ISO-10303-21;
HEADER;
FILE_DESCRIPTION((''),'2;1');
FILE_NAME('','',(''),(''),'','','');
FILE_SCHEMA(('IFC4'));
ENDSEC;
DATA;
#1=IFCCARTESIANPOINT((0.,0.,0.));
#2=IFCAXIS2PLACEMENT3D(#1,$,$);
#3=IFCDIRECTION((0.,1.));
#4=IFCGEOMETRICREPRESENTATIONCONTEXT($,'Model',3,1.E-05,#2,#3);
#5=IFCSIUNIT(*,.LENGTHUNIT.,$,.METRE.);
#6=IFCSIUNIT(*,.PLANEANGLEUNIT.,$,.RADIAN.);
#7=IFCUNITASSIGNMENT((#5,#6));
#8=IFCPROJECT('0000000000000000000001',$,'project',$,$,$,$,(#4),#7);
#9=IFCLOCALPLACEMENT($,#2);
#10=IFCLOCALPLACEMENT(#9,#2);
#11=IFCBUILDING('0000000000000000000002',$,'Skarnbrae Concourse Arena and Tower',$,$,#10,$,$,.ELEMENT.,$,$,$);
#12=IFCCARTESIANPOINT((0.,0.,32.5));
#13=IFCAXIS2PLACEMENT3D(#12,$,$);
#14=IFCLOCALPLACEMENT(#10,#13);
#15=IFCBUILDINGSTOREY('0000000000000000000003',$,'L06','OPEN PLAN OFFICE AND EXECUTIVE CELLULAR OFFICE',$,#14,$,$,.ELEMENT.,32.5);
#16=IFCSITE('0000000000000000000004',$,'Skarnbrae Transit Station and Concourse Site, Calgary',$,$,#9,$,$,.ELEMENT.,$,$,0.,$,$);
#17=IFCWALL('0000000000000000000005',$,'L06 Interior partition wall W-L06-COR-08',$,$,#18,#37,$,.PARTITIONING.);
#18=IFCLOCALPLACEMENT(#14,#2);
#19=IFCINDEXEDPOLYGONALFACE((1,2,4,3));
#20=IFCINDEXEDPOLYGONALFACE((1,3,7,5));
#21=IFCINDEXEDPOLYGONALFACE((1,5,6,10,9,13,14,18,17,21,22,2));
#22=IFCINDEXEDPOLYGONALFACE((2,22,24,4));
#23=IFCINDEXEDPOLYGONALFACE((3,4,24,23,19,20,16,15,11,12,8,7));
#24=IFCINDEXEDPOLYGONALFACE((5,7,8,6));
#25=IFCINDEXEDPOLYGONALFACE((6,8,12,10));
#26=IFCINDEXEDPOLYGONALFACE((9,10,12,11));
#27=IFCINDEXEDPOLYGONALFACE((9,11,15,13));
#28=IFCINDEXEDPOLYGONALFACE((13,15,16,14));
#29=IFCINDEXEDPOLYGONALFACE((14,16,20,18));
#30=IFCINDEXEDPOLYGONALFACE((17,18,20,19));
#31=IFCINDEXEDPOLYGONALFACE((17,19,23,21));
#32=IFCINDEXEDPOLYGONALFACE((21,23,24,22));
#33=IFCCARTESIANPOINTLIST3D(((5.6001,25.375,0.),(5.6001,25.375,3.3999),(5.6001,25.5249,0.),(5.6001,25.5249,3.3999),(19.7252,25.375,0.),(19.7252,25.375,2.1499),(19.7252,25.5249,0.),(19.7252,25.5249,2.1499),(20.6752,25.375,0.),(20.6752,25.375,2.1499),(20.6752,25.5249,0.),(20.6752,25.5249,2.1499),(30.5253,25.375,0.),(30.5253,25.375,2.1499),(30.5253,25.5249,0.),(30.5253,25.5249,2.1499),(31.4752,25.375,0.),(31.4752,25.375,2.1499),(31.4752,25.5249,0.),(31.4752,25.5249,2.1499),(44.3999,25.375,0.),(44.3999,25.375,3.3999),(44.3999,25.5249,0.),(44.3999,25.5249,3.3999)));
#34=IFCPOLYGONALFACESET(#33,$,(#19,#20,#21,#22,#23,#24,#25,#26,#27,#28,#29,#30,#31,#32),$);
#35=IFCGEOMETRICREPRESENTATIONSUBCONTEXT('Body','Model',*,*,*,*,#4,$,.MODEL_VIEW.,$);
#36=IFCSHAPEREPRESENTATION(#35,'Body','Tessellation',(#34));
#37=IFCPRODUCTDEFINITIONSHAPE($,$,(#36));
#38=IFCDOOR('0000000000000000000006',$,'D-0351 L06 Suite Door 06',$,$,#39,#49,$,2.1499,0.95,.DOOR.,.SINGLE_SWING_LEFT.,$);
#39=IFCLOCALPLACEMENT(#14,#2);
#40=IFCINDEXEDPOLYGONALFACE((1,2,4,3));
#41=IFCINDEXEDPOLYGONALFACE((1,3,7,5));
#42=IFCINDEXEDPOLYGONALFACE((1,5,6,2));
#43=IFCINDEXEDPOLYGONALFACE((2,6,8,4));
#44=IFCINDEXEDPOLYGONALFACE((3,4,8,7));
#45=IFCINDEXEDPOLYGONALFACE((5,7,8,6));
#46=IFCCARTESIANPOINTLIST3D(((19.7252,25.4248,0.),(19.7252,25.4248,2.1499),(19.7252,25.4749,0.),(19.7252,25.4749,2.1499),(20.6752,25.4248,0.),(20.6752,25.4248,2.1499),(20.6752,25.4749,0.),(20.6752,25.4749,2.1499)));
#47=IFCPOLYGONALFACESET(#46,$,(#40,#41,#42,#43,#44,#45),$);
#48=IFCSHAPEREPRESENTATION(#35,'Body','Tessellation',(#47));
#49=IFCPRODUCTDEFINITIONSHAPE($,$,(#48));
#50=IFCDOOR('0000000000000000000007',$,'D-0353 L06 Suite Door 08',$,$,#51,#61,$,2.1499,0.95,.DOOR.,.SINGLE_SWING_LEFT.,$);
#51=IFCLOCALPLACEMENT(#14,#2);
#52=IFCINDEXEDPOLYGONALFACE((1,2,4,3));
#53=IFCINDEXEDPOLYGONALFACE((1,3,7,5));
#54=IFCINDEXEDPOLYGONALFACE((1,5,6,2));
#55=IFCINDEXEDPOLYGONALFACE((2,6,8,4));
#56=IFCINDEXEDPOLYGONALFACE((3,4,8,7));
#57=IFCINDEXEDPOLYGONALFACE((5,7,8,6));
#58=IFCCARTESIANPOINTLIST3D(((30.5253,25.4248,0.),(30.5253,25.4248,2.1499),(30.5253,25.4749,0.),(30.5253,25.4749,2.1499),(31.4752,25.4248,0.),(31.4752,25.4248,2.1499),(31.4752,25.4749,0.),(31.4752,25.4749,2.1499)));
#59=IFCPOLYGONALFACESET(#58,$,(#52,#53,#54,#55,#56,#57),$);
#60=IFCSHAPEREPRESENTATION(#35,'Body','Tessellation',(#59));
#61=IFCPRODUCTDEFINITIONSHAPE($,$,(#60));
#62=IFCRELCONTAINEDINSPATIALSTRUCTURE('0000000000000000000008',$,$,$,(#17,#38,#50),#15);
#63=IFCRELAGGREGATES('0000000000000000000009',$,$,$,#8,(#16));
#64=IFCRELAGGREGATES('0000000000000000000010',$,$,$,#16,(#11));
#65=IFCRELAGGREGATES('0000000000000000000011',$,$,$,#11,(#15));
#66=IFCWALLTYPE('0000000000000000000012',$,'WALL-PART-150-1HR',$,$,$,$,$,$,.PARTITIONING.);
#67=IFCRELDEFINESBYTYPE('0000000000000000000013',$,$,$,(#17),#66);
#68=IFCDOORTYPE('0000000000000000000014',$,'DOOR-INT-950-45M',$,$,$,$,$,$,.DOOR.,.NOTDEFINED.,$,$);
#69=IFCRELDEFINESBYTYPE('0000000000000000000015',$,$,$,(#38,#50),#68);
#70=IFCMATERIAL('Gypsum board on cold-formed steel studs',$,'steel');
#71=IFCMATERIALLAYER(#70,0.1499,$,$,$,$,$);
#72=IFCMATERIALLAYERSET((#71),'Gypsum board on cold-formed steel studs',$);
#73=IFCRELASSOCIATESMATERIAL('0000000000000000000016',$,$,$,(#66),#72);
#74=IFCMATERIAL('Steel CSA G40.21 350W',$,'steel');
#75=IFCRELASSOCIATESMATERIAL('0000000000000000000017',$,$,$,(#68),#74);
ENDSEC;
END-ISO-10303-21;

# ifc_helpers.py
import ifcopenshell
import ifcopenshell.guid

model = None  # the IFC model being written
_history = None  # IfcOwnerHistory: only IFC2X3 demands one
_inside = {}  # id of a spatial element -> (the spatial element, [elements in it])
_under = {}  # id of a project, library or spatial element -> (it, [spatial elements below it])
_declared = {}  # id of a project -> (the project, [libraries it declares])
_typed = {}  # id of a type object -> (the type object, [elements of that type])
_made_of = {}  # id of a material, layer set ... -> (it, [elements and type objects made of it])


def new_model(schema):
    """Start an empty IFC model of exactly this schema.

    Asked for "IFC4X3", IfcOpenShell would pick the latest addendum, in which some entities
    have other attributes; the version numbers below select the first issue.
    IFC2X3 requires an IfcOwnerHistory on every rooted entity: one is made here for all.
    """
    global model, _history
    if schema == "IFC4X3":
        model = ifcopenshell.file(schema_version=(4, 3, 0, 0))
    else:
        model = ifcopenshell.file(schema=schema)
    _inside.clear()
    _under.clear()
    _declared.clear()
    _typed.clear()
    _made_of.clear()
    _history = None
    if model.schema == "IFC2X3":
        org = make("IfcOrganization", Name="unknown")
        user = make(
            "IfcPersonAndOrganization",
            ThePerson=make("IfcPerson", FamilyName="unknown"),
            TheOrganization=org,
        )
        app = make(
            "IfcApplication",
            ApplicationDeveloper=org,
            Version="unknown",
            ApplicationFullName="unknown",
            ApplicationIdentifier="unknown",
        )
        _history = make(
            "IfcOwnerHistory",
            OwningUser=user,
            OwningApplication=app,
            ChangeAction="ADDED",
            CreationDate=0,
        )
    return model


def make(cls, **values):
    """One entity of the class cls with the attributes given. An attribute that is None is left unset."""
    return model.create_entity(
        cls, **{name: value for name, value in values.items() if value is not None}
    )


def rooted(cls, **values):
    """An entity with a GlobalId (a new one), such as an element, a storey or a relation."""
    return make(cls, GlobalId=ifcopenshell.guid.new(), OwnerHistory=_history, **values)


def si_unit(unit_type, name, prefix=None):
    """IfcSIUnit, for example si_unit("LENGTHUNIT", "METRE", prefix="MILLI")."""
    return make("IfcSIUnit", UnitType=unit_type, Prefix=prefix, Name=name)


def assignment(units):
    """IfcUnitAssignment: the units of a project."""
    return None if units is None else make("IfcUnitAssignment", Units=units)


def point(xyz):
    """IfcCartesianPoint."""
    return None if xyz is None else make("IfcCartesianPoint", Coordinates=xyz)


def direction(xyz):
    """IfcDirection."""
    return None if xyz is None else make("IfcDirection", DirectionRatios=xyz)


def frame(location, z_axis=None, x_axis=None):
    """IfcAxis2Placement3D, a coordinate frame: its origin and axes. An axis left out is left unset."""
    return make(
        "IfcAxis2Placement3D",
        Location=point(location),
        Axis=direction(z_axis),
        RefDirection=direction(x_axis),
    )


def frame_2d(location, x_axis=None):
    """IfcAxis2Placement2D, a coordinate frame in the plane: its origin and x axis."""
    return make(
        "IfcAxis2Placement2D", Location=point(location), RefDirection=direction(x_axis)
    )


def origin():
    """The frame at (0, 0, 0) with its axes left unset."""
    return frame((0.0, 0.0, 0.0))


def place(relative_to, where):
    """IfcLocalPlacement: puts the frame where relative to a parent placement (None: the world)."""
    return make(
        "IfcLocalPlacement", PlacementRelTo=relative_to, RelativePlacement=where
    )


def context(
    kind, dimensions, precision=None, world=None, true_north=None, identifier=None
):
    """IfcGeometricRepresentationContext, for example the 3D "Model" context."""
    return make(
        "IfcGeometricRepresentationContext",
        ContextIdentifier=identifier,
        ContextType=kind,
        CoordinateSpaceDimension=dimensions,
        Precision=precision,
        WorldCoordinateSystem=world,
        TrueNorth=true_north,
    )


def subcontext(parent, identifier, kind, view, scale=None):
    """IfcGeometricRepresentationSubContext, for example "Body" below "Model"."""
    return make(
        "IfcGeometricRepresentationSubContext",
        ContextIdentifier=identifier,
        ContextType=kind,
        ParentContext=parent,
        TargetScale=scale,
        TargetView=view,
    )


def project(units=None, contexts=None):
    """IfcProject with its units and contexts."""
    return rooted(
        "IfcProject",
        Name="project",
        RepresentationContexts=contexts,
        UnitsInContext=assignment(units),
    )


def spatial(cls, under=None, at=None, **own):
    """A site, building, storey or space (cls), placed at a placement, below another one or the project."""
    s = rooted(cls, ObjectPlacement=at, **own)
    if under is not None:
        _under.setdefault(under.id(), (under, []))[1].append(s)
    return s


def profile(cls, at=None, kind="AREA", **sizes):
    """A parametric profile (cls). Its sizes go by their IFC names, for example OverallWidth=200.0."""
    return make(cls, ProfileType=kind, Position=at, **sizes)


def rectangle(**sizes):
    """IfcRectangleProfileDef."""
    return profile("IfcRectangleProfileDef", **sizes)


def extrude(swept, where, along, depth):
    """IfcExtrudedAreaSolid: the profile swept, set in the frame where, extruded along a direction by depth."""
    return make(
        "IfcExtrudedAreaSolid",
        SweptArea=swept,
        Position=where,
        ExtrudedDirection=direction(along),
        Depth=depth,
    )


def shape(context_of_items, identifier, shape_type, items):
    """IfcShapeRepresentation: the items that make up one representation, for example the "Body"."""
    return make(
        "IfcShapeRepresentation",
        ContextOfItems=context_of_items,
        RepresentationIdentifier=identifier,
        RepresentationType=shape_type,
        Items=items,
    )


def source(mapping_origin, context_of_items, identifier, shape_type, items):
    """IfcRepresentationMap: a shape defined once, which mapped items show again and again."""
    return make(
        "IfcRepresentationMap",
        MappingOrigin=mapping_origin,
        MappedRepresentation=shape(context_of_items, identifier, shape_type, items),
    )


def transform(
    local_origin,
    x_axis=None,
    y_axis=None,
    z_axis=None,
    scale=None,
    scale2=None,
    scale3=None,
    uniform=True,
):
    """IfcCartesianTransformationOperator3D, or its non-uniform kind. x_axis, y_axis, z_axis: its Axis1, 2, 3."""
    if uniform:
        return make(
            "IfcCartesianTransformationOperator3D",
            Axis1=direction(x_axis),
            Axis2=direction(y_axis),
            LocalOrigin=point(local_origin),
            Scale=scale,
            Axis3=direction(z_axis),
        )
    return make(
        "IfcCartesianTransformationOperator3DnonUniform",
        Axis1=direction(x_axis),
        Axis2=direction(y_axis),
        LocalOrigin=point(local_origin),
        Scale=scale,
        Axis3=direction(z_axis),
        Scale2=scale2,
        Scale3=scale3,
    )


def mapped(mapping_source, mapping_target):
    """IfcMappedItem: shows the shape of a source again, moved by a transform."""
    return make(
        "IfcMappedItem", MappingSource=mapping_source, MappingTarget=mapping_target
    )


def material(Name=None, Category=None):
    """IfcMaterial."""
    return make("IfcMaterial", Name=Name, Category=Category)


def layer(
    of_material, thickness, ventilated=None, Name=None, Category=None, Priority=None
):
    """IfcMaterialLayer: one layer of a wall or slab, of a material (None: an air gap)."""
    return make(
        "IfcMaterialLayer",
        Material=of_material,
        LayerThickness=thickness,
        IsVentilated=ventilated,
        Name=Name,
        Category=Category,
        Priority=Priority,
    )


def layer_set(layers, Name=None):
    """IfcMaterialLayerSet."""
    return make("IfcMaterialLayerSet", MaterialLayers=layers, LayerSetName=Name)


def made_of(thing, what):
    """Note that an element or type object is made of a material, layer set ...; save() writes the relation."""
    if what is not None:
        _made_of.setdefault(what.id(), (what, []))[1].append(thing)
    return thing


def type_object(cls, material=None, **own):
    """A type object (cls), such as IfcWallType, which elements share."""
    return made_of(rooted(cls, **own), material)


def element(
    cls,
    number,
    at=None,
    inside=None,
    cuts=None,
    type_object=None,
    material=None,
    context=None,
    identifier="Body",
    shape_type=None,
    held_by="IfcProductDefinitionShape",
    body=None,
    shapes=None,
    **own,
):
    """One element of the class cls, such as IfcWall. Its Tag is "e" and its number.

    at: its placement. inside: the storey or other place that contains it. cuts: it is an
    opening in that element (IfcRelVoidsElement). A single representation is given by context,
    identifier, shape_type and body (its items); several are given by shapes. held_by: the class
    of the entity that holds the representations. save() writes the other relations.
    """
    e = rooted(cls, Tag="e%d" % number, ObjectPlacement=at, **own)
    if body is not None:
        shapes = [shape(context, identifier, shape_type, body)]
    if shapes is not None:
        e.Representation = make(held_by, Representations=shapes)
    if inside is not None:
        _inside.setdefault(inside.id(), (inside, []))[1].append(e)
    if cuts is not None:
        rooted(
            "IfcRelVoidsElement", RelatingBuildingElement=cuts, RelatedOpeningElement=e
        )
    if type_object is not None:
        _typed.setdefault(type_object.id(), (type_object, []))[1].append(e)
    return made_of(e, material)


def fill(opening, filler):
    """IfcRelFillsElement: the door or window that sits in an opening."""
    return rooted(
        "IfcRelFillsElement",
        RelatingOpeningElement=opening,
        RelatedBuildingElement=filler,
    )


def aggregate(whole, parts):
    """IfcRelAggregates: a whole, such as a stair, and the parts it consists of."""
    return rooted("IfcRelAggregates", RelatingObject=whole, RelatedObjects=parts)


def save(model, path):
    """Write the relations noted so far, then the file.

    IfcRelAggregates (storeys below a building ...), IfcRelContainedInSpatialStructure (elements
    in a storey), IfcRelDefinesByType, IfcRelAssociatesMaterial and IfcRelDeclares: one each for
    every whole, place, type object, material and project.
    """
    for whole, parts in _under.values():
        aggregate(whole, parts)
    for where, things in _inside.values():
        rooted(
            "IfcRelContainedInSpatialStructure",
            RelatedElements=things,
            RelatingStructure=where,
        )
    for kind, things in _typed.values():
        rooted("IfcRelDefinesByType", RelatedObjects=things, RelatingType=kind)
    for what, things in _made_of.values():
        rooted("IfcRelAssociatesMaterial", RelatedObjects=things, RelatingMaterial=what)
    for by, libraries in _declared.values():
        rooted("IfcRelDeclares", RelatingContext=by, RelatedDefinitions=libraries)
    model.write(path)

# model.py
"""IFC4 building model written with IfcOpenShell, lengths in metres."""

from ifc_helpers import new_model, si_unit, direction, frame, frame_2d, origin, place, context, subcontext, project, spatial, rectangle, extrude, source, transform, mapped, material, layer, layer_set, type_object, element, fill, save


model = new_model("IFC4")

# Units and contexts
model_context = context("Model", 3, precision=1e-05, world=origin(), true_north=direction((0.0, 1.0)))
body_context = subcontext(model_context, "Body", "Model", "MODEL_VIEW")
ifc_project = project(units=[si_unit("LENGTHUNIT", "METRE"), si_unit("PLANEANGLEUNIT", "RADIAN")], contexts=[model_context])

# Site, building, storey
site_placement = place(None, origin())
site = spatial("IfcSite", under=ifc_project, at=site_placement, Name="Skarnbrae Transit Station and Concourse Site, Calgary", CompositionType="ELEMENT", RefElevation=0.0)
building_placement = place(site_placement, origin())
building = spatial("IfcBuilding", under=site, at=building_placement, Name="Skarnbrae Concourse Arena and Tower", CompositionType="ELEMENT")
storey_placement = place(building_placement, frame((0.0, 0.0, 32.5)))
storey = spatial("IfcBuildingStorey", under=building, at=storey_placement, Name="L06", Description="OPEN PLAN OFFICE AND EXECUTIVE CELLULAR OFFICE", CompositionType="ELEMENT", Elevation=32.5)

# Shared definitions
ifc_material_1 = material(Name="Steel CSA G40.21 350W", Category="steel")

# Shared definitions
ifc_material_2 = material(Name="Gypsum board on cold-formed steel studs", Category="steel")
ifc_layer_1 = layer(ifc_material_2, 0.1499)
ifc_layer_set_1 = layer_set([ifc_layer_1], Name="Gypsum board on cold-formed steel studs")
wall_type = type_object("IfcWallType", Name="WALL-PART-150-1HR", PredefinedType="PARTITIONING", material=ifc_layer_set_1)

# Shared definitions
door_type = type_object("IfcDoorType", Name="DOOR-INT-950-45M", OperationType="NOTDEFINED", PredefinedType="DOOR", material=ifc_material_1)
shared_shape_1 = source(origin(), body_context, "Body", "SweptSolid", [
    extrude(rectangle(XDim=0.95, YDim=2.1499, at=frame_2d((0.4751, 1.075))), frame((0.0, 0.0249, 0.0), z_axis=(0.0, -1.0, 0.0), x_axis=(1.0, 0.0, 0.0)), (0.0, 0.0, 1.0), 0.05),
])

# Wall, openings, doors
shared_shape_2 = source(origin(), body_context, "Body", "SweptSolid", [
    extrude(rectangle(XDim=38.7998, YDim=0.1499, at=frame_2d((19.3999, 0.0))), origin(), (0.0, 0.0, 1.0), 3.3999),
])
wall_1_placement = place(storey_placement, frame((5.6001, 25.45, 0.0), z_axis=(0.0, 0.0, 1.0), x_axis=(1.0, 0.0, 0.0)))
wall_1 = element("IfcWall", 1, at=wall_1_placement, inside=storey, type_object=wall_type, Name="L06 Interior partition wall W-L06-COR-08", PredefinedType="PARTITIONING", context=body_context, shape_type="MappedRepresentation", body=[
    mapped(shared_shape_2, transform((0.0, 0.0, 0.0))),
])
opening_1_placement = place(wall_1_placement, frame((14.125, 0.0, 0.0)))
opening_1 = element("IfcOpeningElement", 2, at=opening_1_placement, cuts=wall_1, PredefinedType="OPENING", context=body_context, shape_type="SweptSolid", body=[
    extrude(rectangle(XDim=0.95, YDim=2.1499, at=frame_2d((0.4751, 1.075))), frame((0.0, 0.085, 0.0), z_axis=(0.0, -1.0, 0.0), x_axis=(1.0, 0.0, 0.0)), (0.0, 0.0, 1.0), 0.1699),
])
opening_2_placement = place(wall_1_placement, frame((24.925, 0.0, 0.0)))
opening_2 = element("IfcOpeningElement", 3, at=opening_2_placement, cuts=wall_1, PredefinedType="OPENING", context=body_context, shape_type="SweptSolid", body=[
    extrude(rectangle(XDim=0.95, YDim=2.1499, at=frame_2d((0.4751, 1.075))), frame((0.0, 0.085, 0.0), z_axis=(0.0, -1.0, 0.0), x_axis=(1.0, 0.0, 0.0)), (0.0, 0.0, 1.0), 0.1699),
])
door_1_placement = place(opening_1_placement, origin())
door_1 = element("IfcDoor", 4, at=door_1_placement, inside=storey, type_object=door_type, Name="D-0351 L06 Suite Door 06", OperationType="SINGLE_SWING_LEFT", OverallHeight=2.1499, OverallWidth=0.95, PredefinedType="DOOR", context=body_context, shape_type="MappedRepresentation", body=[
    mapped(shared_shape_1, transform((0.0, 0.0, 0.0))),
])
fill(opening_1, door_1)
door_2_placement = place(opening_2_placement, origin())
door_2 = element("IfcDoor", 5, at=door_2_placement, inside=storey, type_object=door_type, Name="D-0353 L06 Suite Door 08", OperationType="SINGLE_SWING_LEFT", OverallHeight=2.1499, OverallWidth=0.95, PredefinedType="DOOR", context=body_context, shape_type="MappedRepresentation", body=[
    mapped(shared_shape_1, transform((0.0, 0.0, 0.0))),
])
fill(opening_2, door_2)

save(model, "model.ifc")
